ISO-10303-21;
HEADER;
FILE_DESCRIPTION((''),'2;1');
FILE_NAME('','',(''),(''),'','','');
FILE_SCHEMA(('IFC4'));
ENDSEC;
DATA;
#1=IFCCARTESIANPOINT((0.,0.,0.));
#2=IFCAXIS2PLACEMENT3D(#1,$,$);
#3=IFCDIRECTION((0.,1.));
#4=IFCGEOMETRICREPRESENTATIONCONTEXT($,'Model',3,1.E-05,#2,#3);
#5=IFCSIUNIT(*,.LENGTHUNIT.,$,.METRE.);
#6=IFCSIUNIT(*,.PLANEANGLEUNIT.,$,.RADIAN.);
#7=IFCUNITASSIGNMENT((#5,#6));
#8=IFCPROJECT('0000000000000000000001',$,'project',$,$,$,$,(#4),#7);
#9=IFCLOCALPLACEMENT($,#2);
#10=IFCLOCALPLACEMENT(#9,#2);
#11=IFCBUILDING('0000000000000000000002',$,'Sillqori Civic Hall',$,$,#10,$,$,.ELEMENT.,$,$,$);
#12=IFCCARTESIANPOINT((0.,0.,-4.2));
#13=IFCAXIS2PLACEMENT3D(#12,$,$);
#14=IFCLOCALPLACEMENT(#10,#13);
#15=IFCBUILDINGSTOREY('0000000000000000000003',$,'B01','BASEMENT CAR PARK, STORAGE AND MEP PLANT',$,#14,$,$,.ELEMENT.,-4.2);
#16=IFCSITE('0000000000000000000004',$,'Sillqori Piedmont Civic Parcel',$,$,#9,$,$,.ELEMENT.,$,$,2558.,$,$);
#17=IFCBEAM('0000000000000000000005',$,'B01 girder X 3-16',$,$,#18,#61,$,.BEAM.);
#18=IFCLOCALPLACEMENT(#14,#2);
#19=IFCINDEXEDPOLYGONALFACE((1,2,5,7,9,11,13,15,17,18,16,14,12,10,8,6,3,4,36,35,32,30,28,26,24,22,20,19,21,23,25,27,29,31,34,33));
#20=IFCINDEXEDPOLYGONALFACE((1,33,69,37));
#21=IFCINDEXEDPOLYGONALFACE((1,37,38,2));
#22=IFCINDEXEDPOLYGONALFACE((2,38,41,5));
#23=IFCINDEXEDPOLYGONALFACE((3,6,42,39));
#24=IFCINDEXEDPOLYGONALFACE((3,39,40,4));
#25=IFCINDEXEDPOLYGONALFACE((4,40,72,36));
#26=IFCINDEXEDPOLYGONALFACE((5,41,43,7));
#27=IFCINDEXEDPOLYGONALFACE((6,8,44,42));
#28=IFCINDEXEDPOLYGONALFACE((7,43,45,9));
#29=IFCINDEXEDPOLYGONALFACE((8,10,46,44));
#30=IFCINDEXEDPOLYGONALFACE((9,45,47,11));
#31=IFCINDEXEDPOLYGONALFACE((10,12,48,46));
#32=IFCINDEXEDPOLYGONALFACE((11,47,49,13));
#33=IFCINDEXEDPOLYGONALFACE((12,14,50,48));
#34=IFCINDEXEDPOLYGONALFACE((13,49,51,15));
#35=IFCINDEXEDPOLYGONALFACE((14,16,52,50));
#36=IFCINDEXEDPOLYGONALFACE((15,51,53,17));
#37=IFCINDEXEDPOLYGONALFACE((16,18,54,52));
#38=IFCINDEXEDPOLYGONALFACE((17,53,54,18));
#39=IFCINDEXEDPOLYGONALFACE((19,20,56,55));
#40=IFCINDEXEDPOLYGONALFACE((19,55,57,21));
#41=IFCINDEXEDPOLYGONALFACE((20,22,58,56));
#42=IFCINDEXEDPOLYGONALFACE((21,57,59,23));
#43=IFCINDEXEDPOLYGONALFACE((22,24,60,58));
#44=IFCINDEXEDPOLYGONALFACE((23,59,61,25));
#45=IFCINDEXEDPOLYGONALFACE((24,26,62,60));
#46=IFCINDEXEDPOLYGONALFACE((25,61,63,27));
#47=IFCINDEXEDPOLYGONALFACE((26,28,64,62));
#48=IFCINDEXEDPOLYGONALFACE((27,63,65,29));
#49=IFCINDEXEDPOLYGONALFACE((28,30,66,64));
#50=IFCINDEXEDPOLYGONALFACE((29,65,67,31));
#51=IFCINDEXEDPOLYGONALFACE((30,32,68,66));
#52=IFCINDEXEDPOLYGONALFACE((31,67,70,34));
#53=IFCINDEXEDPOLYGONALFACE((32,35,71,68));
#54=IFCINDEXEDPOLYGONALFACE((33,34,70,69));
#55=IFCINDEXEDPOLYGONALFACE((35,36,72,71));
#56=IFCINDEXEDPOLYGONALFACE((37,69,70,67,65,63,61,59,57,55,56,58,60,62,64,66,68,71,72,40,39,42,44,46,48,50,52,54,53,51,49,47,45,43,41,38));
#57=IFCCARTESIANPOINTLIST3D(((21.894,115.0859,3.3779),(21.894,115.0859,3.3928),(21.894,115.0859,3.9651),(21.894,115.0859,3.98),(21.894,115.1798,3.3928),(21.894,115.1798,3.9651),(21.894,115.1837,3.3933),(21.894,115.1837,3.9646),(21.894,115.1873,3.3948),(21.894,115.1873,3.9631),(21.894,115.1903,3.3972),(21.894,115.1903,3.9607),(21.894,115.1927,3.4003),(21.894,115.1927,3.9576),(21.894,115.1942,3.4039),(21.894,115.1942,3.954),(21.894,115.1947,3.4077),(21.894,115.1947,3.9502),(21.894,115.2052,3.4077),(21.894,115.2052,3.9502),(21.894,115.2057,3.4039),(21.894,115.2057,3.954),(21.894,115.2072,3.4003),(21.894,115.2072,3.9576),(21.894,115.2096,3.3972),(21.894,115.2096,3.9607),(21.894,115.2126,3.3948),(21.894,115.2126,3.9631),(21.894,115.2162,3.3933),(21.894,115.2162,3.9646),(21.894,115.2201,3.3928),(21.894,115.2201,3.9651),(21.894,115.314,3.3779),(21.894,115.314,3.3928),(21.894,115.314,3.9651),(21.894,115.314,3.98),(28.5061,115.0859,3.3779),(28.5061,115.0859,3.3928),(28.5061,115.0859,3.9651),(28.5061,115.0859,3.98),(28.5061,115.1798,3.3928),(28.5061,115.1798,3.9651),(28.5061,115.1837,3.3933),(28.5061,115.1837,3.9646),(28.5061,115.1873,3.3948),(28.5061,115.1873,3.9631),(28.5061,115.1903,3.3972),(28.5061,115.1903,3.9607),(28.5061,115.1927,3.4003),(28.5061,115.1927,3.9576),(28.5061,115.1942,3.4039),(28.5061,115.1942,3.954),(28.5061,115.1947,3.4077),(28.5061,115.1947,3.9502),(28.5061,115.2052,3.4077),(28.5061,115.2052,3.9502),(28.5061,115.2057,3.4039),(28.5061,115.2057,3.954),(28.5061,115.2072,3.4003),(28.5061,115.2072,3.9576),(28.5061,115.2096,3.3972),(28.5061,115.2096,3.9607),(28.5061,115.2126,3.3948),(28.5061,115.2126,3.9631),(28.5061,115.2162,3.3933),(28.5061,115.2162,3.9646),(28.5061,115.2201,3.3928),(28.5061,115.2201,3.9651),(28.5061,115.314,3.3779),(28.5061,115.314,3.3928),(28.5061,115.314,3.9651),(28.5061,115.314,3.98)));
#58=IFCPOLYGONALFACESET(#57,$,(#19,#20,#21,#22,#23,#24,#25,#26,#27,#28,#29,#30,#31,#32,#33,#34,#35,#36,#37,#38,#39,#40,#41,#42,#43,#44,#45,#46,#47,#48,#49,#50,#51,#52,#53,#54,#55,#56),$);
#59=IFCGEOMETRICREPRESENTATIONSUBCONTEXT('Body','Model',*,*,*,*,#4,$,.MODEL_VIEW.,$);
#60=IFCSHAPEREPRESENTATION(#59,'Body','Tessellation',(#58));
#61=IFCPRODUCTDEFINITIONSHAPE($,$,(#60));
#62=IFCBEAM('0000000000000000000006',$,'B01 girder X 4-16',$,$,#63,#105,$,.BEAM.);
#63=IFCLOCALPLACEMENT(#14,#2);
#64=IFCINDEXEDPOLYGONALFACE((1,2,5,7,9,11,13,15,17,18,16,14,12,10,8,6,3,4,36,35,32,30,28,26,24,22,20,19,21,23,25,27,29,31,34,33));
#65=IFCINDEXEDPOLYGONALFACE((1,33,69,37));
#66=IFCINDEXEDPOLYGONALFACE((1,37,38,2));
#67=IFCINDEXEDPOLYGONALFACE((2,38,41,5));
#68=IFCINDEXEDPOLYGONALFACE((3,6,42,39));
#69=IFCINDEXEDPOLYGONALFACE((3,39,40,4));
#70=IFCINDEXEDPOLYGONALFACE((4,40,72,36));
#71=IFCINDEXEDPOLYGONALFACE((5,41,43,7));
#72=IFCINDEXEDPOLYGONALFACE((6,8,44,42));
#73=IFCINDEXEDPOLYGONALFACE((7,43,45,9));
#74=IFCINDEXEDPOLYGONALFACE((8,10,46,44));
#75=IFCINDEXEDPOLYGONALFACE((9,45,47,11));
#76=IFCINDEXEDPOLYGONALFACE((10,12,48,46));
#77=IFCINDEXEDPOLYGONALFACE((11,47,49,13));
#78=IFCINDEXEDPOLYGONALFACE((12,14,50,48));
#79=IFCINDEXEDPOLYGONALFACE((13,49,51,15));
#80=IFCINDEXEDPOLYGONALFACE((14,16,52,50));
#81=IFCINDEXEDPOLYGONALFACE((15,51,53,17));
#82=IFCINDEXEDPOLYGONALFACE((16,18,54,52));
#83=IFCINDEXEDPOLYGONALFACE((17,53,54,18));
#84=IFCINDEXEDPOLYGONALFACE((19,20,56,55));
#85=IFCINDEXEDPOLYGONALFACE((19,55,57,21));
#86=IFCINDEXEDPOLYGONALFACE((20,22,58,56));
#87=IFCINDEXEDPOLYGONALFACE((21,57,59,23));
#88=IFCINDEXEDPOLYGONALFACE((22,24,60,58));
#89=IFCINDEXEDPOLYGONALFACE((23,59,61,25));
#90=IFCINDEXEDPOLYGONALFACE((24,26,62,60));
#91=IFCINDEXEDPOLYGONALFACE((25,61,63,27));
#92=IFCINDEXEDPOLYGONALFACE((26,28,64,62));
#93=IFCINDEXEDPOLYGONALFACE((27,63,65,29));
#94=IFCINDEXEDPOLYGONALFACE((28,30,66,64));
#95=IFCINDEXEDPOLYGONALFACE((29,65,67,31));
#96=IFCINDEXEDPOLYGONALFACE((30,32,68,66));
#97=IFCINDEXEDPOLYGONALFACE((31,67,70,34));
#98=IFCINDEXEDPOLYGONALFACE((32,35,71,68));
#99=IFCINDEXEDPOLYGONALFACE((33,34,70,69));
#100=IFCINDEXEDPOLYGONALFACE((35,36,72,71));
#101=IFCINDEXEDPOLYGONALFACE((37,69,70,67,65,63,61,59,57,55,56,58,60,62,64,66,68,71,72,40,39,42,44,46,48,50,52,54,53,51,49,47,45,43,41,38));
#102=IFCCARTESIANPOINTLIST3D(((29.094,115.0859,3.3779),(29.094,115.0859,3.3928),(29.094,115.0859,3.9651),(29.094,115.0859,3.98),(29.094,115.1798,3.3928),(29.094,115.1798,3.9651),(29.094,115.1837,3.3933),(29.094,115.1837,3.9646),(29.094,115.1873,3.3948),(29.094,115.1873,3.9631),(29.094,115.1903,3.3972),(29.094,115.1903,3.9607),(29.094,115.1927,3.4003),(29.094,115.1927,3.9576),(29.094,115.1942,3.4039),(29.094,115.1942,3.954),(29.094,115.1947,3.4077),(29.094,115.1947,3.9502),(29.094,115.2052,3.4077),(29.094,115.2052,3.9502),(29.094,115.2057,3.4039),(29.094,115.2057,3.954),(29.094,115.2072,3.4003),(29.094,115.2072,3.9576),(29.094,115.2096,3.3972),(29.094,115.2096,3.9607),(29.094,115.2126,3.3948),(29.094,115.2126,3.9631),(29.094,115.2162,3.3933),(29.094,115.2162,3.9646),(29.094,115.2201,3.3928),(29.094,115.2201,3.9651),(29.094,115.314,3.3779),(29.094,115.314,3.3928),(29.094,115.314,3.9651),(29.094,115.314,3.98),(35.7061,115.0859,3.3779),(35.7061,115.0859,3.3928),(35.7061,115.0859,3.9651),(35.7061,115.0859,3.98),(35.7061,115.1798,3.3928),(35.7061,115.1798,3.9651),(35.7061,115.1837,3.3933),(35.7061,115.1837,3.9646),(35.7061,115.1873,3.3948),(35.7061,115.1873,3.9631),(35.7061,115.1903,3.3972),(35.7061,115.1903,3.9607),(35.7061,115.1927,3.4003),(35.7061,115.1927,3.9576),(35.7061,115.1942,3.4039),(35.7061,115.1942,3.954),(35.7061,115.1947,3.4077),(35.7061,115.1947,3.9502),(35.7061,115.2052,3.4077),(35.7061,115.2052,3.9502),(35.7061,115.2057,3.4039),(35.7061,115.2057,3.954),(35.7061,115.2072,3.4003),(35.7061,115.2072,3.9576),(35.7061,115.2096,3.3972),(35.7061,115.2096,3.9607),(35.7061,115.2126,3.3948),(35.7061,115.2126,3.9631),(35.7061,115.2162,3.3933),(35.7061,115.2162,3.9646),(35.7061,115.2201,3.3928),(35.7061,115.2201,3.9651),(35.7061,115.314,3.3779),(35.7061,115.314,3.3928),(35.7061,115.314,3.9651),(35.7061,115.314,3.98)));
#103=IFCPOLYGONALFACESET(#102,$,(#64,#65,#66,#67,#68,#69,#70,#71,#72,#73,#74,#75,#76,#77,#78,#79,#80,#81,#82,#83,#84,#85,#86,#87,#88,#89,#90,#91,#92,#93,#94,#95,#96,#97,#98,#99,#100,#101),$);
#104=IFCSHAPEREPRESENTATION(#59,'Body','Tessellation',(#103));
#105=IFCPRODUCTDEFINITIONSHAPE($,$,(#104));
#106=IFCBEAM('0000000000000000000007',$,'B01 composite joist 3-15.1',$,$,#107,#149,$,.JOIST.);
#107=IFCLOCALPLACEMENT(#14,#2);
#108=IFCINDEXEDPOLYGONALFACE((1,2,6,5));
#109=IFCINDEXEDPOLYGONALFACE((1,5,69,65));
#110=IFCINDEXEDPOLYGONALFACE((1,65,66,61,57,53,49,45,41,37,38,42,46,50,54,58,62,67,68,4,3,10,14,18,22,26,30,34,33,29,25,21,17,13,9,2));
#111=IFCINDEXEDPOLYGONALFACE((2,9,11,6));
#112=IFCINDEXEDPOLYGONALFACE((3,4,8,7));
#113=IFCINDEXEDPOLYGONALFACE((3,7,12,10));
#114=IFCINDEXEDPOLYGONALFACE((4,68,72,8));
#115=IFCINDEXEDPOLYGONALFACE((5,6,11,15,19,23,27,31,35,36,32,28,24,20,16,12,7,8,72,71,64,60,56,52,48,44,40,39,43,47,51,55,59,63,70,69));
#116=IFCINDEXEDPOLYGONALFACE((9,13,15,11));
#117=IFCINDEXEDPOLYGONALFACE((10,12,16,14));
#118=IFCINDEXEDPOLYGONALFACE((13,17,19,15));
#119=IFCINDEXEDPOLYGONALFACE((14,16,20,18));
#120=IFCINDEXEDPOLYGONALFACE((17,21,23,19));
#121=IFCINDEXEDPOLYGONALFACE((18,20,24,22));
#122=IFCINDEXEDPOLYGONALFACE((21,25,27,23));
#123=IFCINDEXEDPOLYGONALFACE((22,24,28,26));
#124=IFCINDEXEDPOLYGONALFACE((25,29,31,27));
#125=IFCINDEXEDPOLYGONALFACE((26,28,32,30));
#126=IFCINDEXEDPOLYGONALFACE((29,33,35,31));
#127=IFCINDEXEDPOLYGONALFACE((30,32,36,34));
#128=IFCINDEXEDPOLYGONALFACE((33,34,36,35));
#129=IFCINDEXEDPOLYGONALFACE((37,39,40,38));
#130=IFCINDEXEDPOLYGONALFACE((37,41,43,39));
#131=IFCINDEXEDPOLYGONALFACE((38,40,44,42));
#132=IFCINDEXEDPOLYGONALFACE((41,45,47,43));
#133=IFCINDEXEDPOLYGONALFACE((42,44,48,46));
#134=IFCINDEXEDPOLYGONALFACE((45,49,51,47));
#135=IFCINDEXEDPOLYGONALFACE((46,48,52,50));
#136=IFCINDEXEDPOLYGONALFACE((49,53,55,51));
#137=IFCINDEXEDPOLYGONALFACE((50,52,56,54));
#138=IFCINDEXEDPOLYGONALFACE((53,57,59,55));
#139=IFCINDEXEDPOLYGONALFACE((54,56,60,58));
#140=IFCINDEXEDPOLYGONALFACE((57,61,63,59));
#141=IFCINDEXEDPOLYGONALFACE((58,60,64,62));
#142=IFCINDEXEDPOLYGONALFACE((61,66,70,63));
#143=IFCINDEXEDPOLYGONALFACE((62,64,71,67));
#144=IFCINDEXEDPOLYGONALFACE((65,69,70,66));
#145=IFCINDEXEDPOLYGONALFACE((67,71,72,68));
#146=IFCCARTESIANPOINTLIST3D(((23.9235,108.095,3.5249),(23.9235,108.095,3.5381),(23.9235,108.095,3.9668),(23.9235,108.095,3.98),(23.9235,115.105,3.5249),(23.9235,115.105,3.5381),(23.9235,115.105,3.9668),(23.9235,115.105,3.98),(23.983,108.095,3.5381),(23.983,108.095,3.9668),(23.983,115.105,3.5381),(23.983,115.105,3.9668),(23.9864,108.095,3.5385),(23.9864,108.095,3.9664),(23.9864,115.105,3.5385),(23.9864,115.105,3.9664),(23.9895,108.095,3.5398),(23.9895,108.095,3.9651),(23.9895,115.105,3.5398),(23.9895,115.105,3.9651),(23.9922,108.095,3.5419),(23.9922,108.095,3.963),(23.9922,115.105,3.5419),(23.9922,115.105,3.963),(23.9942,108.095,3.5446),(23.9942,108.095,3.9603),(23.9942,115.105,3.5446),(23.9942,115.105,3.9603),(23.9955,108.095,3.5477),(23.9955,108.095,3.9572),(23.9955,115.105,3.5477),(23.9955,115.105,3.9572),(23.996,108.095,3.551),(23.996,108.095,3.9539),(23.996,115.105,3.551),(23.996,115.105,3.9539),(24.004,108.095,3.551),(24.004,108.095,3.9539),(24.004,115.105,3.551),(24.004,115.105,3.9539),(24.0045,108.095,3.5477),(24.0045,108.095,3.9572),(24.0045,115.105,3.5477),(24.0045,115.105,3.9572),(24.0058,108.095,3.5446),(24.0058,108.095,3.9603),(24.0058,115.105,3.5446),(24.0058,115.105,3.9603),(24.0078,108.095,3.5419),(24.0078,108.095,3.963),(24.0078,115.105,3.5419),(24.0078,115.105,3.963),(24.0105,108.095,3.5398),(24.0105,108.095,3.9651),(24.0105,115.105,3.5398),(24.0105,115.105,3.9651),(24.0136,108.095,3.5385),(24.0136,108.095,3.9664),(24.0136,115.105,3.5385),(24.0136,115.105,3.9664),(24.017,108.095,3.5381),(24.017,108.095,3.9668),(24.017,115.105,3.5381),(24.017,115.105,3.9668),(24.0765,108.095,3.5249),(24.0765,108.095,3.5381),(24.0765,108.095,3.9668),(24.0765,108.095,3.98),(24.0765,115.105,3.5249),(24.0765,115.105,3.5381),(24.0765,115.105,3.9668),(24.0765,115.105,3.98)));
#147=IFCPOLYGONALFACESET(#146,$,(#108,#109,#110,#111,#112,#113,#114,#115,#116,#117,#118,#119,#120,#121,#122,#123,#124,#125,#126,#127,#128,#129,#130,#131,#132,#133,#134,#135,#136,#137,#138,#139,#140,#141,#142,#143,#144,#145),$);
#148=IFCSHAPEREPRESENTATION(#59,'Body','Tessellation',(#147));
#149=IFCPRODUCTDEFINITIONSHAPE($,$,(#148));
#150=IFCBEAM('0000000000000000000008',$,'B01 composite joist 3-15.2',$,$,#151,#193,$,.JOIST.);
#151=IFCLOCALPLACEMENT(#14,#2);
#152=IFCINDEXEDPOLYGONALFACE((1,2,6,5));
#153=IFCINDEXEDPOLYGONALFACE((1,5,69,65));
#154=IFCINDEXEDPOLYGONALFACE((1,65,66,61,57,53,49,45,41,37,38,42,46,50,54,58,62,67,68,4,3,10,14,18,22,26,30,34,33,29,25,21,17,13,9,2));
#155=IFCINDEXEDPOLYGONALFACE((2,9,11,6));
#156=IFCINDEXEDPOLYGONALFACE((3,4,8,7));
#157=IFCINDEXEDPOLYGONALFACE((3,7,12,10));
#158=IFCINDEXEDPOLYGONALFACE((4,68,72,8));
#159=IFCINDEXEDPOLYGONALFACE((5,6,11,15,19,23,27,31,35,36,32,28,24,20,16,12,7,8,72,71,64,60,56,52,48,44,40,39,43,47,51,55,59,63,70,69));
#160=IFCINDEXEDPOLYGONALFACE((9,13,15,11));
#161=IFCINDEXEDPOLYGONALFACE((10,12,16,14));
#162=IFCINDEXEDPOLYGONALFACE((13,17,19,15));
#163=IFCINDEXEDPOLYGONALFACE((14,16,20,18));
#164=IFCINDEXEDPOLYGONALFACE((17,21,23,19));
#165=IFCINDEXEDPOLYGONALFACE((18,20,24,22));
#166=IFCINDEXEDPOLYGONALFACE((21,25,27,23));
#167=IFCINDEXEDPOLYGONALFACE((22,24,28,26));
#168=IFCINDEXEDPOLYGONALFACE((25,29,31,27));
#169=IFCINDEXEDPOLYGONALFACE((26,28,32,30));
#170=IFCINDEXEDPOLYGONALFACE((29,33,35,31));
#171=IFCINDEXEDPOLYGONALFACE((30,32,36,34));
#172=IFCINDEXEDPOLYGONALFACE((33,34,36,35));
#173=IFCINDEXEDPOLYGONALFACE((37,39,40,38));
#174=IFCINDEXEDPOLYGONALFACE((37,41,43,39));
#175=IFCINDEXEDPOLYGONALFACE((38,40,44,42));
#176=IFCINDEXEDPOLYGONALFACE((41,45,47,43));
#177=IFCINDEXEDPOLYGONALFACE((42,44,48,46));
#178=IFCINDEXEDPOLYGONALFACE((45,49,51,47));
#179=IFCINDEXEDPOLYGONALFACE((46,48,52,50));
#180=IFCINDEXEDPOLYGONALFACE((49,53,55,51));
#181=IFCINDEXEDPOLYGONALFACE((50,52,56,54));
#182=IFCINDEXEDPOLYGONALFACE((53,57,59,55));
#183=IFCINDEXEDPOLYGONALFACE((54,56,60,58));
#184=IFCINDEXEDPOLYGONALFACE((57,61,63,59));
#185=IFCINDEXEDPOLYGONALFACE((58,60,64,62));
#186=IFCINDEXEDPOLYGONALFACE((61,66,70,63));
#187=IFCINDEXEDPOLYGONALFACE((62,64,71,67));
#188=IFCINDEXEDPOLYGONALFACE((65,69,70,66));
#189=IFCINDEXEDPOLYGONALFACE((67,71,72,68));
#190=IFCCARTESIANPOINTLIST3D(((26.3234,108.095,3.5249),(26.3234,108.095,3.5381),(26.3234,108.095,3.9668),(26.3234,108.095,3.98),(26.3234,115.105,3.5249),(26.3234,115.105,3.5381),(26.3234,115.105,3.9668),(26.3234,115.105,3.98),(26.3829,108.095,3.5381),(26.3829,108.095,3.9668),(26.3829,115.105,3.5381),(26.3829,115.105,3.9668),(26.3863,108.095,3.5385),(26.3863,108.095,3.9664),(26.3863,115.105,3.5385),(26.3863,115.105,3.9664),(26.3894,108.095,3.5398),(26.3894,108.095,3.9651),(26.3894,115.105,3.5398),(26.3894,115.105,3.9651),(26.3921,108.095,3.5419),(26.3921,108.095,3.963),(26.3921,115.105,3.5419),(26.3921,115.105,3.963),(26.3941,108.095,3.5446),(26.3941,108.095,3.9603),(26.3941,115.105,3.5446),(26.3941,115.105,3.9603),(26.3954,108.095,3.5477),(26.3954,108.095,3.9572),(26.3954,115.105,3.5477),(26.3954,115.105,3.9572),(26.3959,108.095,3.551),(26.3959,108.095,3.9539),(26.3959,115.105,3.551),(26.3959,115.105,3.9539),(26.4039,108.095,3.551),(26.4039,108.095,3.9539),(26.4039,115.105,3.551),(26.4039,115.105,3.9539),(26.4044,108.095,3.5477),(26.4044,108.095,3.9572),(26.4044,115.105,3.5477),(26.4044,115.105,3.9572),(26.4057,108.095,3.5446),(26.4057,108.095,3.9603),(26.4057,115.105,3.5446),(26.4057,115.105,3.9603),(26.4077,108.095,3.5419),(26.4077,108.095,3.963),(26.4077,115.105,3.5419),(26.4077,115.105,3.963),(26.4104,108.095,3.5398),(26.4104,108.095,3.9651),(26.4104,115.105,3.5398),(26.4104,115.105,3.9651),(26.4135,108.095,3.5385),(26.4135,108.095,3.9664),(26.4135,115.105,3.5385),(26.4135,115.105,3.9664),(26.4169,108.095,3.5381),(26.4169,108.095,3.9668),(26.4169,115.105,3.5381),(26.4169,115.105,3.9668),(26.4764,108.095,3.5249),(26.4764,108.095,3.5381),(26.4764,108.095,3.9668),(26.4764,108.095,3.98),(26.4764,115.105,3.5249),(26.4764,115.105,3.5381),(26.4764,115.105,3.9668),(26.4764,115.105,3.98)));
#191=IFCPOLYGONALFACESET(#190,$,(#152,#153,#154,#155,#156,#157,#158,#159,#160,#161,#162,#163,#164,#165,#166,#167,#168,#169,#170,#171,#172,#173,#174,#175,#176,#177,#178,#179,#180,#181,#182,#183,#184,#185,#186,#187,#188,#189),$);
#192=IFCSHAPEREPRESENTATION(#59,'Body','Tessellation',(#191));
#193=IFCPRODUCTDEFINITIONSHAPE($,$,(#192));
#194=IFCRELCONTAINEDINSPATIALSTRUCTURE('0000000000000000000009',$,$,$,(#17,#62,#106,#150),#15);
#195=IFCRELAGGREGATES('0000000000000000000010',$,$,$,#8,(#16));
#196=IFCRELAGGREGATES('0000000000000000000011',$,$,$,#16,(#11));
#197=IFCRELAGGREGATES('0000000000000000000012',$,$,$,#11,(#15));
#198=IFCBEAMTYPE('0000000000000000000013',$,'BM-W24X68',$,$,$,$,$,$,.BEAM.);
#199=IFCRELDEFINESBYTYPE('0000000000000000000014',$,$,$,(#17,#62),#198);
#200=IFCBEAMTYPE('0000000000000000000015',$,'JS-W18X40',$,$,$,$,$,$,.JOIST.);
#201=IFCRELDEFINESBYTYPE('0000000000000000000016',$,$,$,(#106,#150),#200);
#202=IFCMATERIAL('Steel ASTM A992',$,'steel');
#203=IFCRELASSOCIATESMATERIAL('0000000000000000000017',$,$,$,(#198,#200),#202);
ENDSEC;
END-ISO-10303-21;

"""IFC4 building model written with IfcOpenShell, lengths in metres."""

from ifc_helpers import new_model, si_unit, direction, frame, origin, origin_2d, place, context, subcontext, project, spatial, i_section, extrude, material, material_profile, profile_set, type_object, element, save


model = new_model("IFC4")

# Units and contexts
model_context = context("Model", 3, precision=1e-05, world=origin(), true_north=direction((0.0, 1.0)))
body_context = subcontext(model_context, "Body", "Model", "MODEL_VIEW")
ifc_project = project(units=[si_unit("LENGTHUNIT", "METRE"), si_unit("PLANEANGLEUNIT", "RADIAN")], contexts=[model_context])

# Site, building, storey
site_placement = place(None, origin())
site = spatial("IfcSite", under=ifc_project, at=site_placement, Name="Sillqori Piedmont Civic Parcel", CompositionType="ELEMENT", RefElevation=2558.0)
building_placement = place(site_placement, origin())
building = spatial("IfcBuilding", under=site, at=building_placement, Name="Sillqori Civic Hall", CompositionType="ELEMENT")
storey_placement = place(building_placement, frame((0.0, 0.0, -4.2)))
storey = spatial("IfcBuildingStorey", under=building, at=storey_placement, Name="B01", Description="BASEMENT CAR PARK, STORAGE AND MEP PLANT", CompositionType="ELEMENT", Elevation=-4.2)

# Beams
ifc_material_1 = material(Name="Steel ASTM A992", Category="steel")
ifc_material_profile_1 = material_profile(ifc_material_1, i_section(OverallWidth=0.228, OverallDepth=0.6021, WebThickness=0.0105, FlangeThickness=0.0149, FilletRadius=0.0149, at=origin_2d()), Name="W24X68")
ifc_profile_set_1 = profile_set([ifc_material_profile_1], Name="Steel ASTM A992")
beam_type_1 = type_object("IfcBeamType", Name="BM-W24X68", PredefinedType="BEAM", material=ifc_profile_set_1)
for number, where, z_axis, x_axis, name in (
    (1, (21.894, 115.2, 3.679), (1.0, 0.0, 0.0), (0.0, 1.0, 0.0), "B01 girder X 3-16"),
    (2, (29.094, 115.2, 3.679), (1.0, 0.0, 0.0), (0.0, 1.0, 0.0), "B01 girder X 4-16"),
):
    element("IfcBeam", number, at=place(storey_placement, frame(where, z_axis=z_axis, x_axis=x_axis)), inside=storey, type_object=beam_type_1, Name=name, PredefinedType="BEAM", context=body_context, shape_type="SweptSolid", body=[
        extrude(i_section(OverallWidth=0.228, OverallDepth=0.6021, WebThickness=0.0105, FlangeThickness=0.0149, FilletRadius=0.0149, at=origin_2d()), origin(), (0.0, 0.0, 1.0), 6.6121),
    ])
ifc_material_profile_2 = material_profile(ifc_material_1, i_section(OverallWidth=0.1531, OverallDepth=0.4551, WebThickness=0.0081, FlangeThickness=0.0132, FilletRadius=0.0129, at=origin_2d()), Name="W18X40")
ifc_profile_set_2 = profile_set([ifc_material_profile_2], Name="Steel ASTM A992")
beam_type_2 = type_object("IfcBeamType", Name="JS-W18X40", PredefinedType="JOIST", material=ifc_profile_set_2)
for number, where, z_axis, x_axis, name in (
    (3, (24.0, 108.095, 3.7524), (0.0, 1.0, 0.0), (-1.0, 0.0, 0.0), "B01 composite joist 3-15.1"),
    (4, (26.3999, 108.095, 3.7524), (0.0, 1.0, 0.0), (-1.0, 0.0, 0.0), "B01 composite joist 3-15.2"),
):
    element("IfcBeam", number, at=place(storey_placement, frame(where, z_axis=z_axis, x_axis=x_axis)), inside=storey, type_object=beam_type_2, Name=name, PredefinedType="JOIST", context=body_context, shape_type="SweptSolid", body=[
        extrude(i_section(OverallWidth=0.1531, OverallDepth=0.4551, WebThickness=0.0081, FlangeThickness=0.0132, FilletRadius=0.0129, at=origin_2d()), origin(), (0.0, 0.0, 1.0), 7.01),
    ])

save(model, "model.ifc")
